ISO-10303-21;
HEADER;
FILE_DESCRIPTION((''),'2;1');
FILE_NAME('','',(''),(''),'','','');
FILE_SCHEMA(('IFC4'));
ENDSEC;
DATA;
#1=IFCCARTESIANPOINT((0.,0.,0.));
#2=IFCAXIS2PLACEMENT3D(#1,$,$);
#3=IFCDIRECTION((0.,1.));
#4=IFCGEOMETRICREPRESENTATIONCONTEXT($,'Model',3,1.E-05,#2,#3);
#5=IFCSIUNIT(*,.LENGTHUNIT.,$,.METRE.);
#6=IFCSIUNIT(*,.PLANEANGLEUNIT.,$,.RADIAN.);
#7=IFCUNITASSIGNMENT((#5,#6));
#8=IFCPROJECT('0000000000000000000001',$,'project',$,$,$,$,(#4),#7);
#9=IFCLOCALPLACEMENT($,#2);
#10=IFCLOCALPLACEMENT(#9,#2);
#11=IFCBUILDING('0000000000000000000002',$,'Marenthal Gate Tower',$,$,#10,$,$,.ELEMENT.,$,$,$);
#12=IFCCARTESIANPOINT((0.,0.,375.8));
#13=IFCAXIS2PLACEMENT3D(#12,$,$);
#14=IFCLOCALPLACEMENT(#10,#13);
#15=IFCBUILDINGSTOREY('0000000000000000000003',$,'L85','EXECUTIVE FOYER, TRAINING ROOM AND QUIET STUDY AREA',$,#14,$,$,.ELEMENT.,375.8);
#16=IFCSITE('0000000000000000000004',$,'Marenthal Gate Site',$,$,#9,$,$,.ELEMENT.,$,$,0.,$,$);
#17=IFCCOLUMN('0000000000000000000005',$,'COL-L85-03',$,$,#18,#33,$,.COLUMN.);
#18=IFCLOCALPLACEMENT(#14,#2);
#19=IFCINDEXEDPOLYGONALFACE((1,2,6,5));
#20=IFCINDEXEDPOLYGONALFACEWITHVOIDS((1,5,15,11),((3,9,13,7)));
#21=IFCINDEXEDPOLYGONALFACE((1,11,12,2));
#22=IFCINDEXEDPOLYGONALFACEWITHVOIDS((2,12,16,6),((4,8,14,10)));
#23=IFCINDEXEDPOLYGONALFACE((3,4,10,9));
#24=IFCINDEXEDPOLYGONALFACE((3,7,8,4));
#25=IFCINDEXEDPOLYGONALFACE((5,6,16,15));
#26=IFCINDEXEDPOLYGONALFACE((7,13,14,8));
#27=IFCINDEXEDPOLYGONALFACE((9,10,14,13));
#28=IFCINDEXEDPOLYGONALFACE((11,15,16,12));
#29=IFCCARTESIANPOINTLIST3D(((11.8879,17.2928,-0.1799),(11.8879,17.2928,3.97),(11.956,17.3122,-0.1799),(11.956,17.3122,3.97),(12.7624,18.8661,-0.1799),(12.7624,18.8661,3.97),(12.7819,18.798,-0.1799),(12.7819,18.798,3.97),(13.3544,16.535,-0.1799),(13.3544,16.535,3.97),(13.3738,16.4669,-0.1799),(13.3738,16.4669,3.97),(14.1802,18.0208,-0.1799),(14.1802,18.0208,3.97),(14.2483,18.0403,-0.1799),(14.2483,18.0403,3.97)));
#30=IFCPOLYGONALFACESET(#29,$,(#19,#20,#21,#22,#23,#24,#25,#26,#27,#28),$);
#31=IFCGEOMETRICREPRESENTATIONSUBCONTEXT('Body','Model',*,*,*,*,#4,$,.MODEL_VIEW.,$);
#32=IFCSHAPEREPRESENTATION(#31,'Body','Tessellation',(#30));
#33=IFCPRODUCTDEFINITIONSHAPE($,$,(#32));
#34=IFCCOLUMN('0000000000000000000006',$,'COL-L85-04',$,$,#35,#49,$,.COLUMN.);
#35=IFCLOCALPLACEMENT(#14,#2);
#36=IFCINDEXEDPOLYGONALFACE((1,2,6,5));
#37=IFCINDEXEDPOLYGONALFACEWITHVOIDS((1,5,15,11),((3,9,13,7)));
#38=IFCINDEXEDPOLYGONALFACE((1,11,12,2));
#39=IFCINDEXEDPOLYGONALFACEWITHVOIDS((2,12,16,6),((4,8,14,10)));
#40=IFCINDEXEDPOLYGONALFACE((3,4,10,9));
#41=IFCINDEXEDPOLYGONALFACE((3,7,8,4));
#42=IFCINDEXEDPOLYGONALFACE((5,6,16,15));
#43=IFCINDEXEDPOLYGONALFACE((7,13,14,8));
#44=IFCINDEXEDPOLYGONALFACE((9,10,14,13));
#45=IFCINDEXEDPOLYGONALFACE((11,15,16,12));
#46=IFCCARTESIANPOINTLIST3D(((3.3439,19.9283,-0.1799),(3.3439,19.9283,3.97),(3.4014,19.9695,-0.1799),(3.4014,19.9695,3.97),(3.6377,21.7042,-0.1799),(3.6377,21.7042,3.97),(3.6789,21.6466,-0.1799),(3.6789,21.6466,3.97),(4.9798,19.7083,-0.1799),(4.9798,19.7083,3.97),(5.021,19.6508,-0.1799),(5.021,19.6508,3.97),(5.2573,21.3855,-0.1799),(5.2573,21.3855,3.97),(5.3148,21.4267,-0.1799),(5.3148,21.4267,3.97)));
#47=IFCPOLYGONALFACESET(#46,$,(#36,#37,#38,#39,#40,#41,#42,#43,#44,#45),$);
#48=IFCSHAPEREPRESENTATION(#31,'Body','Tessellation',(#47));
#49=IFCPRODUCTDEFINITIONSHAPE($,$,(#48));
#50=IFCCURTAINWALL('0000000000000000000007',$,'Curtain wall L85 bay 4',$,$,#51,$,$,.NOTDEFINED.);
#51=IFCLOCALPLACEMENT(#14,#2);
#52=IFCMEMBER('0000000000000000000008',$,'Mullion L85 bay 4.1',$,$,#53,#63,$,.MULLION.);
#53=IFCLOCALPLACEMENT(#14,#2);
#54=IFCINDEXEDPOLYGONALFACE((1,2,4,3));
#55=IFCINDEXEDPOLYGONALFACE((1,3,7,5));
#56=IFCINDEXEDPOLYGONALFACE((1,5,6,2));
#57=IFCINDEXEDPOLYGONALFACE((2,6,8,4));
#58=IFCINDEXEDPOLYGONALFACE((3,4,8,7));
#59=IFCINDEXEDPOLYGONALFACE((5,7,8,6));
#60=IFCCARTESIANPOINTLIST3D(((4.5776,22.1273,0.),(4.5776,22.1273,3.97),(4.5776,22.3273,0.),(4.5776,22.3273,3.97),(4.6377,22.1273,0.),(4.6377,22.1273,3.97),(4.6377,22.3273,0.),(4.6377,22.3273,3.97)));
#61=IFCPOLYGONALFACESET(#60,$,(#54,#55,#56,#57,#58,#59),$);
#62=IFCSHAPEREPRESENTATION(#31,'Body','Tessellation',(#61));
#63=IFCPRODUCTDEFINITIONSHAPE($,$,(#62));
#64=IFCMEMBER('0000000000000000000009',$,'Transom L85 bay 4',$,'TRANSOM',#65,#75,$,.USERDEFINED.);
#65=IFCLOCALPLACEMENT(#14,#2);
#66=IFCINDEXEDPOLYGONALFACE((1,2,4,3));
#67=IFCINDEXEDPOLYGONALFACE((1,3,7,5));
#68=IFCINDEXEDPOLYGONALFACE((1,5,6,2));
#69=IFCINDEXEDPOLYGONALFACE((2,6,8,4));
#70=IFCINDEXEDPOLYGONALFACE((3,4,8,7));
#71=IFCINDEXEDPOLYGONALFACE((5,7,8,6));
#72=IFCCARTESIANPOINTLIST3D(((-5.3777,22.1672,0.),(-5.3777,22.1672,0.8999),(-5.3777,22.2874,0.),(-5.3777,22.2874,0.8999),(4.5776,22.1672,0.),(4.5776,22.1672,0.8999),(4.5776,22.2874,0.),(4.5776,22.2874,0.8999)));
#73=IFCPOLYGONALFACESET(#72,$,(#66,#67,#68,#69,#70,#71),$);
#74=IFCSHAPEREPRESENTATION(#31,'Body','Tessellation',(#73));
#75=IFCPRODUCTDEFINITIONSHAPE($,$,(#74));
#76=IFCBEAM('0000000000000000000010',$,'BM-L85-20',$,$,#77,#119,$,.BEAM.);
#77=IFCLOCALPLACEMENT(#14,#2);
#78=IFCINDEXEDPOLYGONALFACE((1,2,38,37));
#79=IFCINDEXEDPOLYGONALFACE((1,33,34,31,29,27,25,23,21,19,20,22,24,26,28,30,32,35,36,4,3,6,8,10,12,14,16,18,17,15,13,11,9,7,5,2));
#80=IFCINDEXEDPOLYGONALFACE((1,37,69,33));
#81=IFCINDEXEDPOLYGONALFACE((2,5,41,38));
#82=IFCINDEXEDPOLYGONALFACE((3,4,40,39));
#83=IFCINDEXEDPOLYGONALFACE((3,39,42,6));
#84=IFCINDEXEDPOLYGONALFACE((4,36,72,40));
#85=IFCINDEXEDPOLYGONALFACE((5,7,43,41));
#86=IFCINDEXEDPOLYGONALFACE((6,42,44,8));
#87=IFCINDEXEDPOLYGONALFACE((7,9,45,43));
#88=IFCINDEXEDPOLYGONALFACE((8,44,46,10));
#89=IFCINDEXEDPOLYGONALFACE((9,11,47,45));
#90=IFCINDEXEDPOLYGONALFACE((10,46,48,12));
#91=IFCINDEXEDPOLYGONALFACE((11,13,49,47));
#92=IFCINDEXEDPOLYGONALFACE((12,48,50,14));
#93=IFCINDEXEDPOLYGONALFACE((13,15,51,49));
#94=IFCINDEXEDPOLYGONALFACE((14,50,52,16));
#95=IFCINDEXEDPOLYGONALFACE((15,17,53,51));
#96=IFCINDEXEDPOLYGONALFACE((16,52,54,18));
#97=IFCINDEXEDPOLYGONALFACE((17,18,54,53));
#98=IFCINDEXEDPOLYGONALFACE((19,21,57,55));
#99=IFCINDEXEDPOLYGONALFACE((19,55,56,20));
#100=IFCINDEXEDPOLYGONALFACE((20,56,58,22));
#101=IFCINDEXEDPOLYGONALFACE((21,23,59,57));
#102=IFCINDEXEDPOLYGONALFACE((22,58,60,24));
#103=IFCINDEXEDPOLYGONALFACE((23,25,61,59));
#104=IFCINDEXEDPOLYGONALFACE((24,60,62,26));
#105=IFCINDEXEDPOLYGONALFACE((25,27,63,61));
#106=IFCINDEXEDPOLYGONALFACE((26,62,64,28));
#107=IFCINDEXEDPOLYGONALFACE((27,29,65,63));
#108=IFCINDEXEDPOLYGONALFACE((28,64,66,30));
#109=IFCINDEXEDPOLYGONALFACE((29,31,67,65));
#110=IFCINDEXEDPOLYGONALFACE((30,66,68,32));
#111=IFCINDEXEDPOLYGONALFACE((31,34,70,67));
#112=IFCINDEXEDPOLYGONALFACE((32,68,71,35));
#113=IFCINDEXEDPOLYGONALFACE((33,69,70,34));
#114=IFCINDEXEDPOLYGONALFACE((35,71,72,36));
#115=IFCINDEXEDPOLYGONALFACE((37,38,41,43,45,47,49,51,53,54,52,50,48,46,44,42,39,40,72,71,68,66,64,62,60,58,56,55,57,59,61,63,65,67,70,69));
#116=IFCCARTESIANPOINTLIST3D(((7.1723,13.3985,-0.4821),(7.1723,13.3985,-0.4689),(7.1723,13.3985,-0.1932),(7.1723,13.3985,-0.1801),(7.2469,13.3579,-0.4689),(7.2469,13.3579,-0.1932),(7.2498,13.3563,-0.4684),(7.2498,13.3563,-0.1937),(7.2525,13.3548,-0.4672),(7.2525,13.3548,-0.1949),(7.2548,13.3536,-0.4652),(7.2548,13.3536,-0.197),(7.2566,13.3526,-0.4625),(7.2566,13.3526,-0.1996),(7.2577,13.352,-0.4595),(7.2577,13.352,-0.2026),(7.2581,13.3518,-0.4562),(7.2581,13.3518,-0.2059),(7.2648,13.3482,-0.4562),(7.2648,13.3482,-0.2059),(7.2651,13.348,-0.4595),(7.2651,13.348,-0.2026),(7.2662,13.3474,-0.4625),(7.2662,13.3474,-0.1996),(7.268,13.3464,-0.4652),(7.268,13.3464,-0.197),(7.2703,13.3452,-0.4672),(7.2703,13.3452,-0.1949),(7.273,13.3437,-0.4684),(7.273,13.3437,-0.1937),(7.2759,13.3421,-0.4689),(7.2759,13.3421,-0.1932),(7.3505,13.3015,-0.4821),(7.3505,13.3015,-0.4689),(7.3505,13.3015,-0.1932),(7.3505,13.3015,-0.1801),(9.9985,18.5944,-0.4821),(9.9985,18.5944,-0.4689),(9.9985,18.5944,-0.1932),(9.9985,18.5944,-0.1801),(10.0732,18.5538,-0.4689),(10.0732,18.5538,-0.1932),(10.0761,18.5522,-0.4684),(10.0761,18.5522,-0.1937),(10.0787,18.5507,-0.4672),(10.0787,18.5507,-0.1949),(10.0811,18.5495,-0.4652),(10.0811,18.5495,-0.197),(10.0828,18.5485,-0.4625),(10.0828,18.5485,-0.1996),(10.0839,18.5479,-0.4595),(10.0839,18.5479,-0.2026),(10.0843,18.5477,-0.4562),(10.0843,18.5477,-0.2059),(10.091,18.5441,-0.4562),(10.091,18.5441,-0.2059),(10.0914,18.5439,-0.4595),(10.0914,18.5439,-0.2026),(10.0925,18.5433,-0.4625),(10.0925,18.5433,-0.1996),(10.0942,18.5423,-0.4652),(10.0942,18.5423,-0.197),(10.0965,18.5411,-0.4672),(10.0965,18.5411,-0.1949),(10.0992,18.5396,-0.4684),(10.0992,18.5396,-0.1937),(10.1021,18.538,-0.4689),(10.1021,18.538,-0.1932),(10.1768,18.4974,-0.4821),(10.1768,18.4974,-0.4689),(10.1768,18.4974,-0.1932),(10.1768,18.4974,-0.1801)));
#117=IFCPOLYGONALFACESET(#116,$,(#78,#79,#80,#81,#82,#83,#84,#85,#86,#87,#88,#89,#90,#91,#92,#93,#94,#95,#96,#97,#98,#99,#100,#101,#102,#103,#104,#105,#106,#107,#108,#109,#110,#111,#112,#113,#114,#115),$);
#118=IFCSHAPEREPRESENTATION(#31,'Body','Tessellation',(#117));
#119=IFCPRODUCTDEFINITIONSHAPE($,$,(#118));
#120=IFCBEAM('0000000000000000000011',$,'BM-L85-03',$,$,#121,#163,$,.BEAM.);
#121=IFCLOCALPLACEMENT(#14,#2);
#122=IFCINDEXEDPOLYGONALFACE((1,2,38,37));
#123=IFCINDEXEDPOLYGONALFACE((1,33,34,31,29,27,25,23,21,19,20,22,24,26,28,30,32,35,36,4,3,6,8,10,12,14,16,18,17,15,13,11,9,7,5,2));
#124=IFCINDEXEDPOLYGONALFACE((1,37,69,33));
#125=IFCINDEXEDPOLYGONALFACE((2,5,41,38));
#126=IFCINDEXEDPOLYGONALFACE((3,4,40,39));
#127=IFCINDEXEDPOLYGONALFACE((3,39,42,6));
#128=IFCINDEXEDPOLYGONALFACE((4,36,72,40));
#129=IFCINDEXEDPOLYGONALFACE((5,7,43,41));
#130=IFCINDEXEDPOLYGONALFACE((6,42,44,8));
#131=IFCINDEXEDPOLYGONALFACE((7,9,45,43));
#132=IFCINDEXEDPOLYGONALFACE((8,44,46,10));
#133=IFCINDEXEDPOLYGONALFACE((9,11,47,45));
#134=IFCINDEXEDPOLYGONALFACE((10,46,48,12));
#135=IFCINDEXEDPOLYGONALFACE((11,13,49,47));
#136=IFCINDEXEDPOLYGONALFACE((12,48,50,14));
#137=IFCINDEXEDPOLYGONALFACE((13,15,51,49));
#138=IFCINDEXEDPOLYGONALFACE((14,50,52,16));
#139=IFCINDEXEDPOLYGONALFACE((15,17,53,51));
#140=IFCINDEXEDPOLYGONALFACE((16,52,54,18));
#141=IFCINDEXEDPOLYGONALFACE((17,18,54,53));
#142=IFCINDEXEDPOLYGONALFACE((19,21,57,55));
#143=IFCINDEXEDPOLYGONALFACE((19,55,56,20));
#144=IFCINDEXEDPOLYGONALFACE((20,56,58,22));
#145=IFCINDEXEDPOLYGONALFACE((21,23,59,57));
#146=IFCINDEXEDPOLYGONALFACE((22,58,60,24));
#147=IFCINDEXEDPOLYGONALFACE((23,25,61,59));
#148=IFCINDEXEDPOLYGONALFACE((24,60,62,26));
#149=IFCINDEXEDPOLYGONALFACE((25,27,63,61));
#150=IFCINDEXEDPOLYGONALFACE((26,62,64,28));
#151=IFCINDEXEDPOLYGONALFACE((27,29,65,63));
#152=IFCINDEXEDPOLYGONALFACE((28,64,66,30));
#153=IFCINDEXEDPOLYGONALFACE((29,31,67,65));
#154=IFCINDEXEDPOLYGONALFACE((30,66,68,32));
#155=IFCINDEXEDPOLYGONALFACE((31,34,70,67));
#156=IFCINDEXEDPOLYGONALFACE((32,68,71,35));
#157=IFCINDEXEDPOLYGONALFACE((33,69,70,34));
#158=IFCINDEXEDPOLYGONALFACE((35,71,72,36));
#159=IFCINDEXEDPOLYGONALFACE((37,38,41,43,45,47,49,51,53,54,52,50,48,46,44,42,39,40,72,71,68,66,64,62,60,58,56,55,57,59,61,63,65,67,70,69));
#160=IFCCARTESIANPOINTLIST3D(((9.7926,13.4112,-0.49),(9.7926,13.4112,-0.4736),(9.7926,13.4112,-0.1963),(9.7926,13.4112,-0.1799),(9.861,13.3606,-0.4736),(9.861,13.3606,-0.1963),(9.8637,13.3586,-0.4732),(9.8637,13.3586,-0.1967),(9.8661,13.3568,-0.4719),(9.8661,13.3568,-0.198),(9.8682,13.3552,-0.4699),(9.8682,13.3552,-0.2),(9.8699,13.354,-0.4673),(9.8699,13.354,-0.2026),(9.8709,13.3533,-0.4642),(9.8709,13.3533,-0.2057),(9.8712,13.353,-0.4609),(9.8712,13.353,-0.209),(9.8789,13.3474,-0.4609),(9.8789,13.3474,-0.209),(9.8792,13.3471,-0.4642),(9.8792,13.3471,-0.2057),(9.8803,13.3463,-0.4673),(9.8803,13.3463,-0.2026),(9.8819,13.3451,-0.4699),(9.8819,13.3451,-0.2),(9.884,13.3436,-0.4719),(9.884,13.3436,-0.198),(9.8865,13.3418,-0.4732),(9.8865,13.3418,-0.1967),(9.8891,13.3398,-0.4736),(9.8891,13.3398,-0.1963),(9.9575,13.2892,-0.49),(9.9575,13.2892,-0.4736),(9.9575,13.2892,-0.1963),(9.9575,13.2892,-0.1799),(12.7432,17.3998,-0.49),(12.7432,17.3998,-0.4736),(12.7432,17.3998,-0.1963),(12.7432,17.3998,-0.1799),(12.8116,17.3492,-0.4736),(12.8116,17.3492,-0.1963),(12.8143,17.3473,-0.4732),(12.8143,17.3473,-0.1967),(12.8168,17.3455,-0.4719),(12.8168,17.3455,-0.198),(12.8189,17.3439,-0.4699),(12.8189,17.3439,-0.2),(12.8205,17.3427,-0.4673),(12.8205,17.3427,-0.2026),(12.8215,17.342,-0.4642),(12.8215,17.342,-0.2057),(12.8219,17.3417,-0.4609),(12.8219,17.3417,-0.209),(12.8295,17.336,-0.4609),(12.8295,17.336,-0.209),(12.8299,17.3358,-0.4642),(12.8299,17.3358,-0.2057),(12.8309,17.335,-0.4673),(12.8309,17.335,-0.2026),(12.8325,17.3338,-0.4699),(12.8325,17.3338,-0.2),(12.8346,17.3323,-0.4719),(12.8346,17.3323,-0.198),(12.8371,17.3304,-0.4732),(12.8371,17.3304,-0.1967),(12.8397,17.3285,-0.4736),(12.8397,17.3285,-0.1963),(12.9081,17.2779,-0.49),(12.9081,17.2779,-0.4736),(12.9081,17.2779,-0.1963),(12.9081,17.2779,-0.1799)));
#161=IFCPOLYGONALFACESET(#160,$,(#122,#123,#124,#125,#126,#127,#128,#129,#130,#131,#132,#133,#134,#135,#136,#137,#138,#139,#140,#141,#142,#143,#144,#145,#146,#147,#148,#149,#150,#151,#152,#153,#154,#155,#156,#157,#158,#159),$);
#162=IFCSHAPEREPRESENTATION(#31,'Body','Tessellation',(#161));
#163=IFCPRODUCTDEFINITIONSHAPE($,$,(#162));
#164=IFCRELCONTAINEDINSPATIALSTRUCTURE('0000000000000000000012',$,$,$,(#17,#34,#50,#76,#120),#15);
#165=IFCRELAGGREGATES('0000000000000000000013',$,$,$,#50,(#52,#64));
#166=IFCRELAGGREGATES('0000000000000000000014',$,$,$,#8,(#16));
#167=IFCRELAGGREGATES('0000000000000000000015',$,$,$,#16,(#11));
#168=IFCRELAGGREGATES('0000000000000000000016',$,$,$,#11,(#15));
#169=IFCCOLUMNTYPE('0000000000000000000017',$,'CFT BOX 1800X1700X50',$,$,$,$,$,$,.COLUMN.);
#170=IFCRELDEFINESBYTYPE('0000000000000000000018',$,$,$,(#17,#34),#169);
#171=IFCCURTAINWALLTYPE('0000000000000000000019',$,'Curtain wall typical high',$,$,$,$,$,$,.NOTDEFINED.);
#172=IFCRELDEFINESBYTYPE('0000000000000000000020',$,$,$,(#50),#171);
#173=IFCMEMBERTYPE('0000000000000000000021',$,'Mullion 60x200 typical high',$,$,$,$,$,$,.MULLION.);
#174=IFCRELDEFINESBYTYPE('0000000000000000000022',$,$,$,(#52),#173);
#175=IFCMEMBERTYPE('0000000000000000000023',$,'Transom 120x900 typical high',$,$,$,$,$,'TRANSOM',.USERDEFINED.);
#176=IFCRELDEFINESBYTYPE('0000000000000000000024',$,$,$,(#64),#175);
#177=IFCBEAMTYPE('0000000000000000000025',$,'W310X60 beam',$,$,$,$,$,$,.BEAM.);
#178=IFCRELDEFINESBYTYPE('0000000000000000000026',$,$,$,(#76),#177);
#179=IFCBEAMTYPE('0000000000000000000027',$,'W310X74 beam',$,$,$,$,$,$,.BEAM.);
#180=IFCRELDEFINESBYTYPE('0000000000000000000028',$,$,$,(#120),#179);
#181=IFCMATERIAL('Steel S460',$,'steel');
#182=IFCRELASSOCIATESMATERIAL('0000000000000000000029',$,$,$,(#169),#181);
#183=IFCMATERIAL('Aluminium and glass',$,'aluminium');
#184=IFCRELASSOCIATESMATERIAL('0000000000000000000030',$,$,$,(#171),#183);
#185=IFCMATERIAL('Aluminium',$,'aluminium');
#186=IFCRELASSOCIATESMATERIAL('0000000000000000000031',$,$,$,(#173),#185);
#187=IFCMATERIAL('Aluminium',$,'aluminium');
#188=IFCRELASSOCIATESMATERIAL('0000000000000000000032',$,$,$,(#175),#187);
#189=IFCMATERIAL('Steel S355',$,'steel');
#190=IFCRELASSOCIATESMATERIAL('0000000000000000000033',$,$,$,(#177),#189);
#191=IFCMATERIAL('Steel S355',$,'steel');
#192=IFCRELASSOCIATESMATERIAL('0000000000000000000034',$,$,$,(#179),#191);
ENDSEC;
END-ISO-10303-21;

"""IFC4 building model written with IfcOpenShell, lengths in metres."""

from ifc_helpers import new_model, si_unit, direction, frame, origin, origin_2d, place, context, subcontext, project, spatial, rectangle, hollow_rectangle, i_section, extrude, material, material_profile, profile_set, type_object, element, aggregate, save


model = new_model("IFC4")

# Units and contexts
model_context = context("Model", 3, precision=1e-05, world=origin(), true_north=direction((0.0, 1.0)))
body_context = subcontext(model_context, "Body", "Model", "MODEL_VIEW")
ifc_project = project(units=[si_unit("LENGTHUNIT", "METRE"), si_unit("PLANEANGLEUNIT", "RADIAN")], contexts=[model_context])

# Site, building, storey
site_placement = place(None, origin())
site = spatial("IfcSite", under=ifc_project, at=site_placement, Name="Marenthal Gate Site", CompositionType="ELEMENT", RefElevation=0.0)
building_placement = place(site_placement, origin())
building = spatial("IfcBuilding", under=site, at=building_placement, Name="Marenthal Gate Tower", CompositionType="ELEMENT")
storey_placement = place(building_placement, frame((0.0, 0.0, 375.8)))
storey = spatial("IfcBuildingStorey", under=building, at=storey_placement, Name="L85", Description="EXECUTIVE FOYER, TRAINING ROOM AND QUIET STUDY AREA", CompositionType="ELEMENT", Elevation=375.8)

# Columns
ifc_material_1 = material(Name="Steel S460", Category="steel")
ifc_material_profile_1 = material_profile(ifc_material_1, hollow_rectangle(XDim=1.7, YDim=1.8, WallThickness=0.05, at=origin_2d()), Name="CFT BOX 1800X1700X50")
ifc_material_2 = material(Name="Concrete 70 MPa", Category="concrete")
ifc_material_profile_2 = material_profile(ifc_material_2, rectangle(XDim=1.6001, YDim=1.7, at=origin_2d()), Name="CFT BOX 1800X1700X50 INFILL")
ifc_profile_set_1 = profile_set([ifc_material_profile_1, ifc_material_profile_2], Name="Steel S460 shell, Concrete 70 MPa infill")
column_type = type_object("IfcColumnType", Name="CFT BOX 1800X1700X50", PredefinedType="COLUMN", material=ifc_profile_set_1)
for number, where, z_axis, x_axis, name in (
    (1, (13.0681, 17.6665, -0.1799), (0.0, 0.0, 1.0), (0.874065, -0.485809, 0.0), "COL-L85-03"),
    (2, (4.3293, 20.6775, -0.1799), (0.0, 0.0, 1.0), (0.986586, -0.16324, 0.0), "COL-L85-04"),
):
    element("IfcColumn", number, at=place(storey_placement, frame(where, z_axis=z_axis, x_axis=x_axis)), inside=storey, type_object=column_type, Name=name, PredefinedType="COLUMN", context=body_context, shape_type="SweptSolid", body=[
        extrude(hollow_rectangle(XDim=1.7, YDim=1.8, WallThickness=0.05, at=origin_2d()), origin(), (0.0, 0.0, 1.0), 4.1499),
    ])

# Curtain wall, members
ifc_material_3 = material(Name="Aluminium and glass", Category="aluminium")
curtain_wall_type = type_object("IfcCurtainWallType", Name="Curtain wall typical high", PredefinedType="NOTDEFINED", material=ifc_material_3)
curtain_wall_placement = place(storey_placement, origin())
curtain_wall = element("IfcCurtainWall", 3, at=curtain_wall_placement, inside=storey, type_object=curtain_wall_type, Name="Curtain wall L85 bay 4", PredefinedType="NOTDEFINED")
ifc_material_4 = material(Name="Aluminium", Category="aluminium")
ifc_material_profile_3 = material_profile(ifc_material_4, rectangle(XDim=0.2, YDim=0.0601, at=origin_2d()), Name="60x200 aluminium mullion")
ifc_profile_set_2 = profile_set([ifc_material_profile_3], Name="Aluminium")
member_type_1 = type_object("IfcMemberType", Name="Mullion 60x200 typical high", PredefinedType="MULLION", material=ifc_profile_set_2)
member_1_placement = place(storey_placement, frame((4.6077, 22.2273, 0.0), z_axis=(0.0, 0.0, 1.0), x_axis=(0.0, -1.0, 0.0)))
member_1 = element("IfcMember", 4, at=member_1_placement, type_object=member_type_1, Name="Mullion L85 bay 4.1", PredefinedType="MULLION", context=body_context, shape_type="SweptSolid", body=[
    extrude(rectangle(XDim=0.2, YDim=0.0601, at=origin_2d()), origin(), (0.0, 0.0, 1.0), 3.97),
])
ifc_material_5 = material(Name="Aluminium", Category="aluminium")
ifc_material_profile_4 = material_profile(ifc_material_5, rectangle(XDim=0.1201, YDim=0.8999, at=origin_2d()), Name="120x900 aluminium transom")
ifc_profile_set_3 = profile_set([ifc_material_profile_4], Name="Aluminium")
member_type_2 = type_object("IfcMemberType", Name="Transom 120x900 typical high", ElementType="TRANSOM", PredefinedType="USERDEFINED", material=ifc_profile_set_3)
member_2_placement = place(storey_placement, frame((4.5776, 22.2273, 0.45), z_axis=(-1.0, 0.0, 0.0), x_axis=(0.0, -1.0, 0.0)))
member_2 = element("IfcMember", 5, at=member_2_placement, type_object=member_type_2, Name="Transom L85 bay 4", ObjectType="TRANSOM", PredefinedType="USERDEFINED", context=body_context, shape_type="SweptSolid", body=[
    extrude(rectangle(XDim=0.1201, YDim=0.8999, at=origin_2d()), origin(), (0.0, 0.0, 1.0), 9.9553),
])

# Beams
ifc_material_6 = material(Name="Steel S355", Category="steel")
ifc_material_profile_5 = material_profile(ifc_material_6, i_section(OverallWidth=0.2029, OverallDepth=0.302, WebThickness=0.0076, FlangeThickness=0.0132, FilletRadius=0.0127, at=origin_2d()), Name="W310X60")
ifc_profile_set_4 = profile_set([ifc_material_profile_5], Name="Steel S355")
beam_type_1 = type_object("IfcBeamType", Name="W310X60 beam", PredefinedType="BEAM", material=ifc_profile_set_4)
beam_1_placement = place(storey_placement, frame((10.0876, 18.5459, -0.3311), z_axis=(-0.477822, -0.878457, 0.0), x_axis=(0.878457, -0.477822, 0.0)))
element("IfcBeam", 6, at=beam_1_placement, inside=storey, type_object=beam_type_1, Name="BM-L85-20", PredefinedType="BEAM", context=body_context, shape_type="SweptSolid", body=[
    extrude(i_section(OverallWidth=0.2029, OverallDepth=0.302, WebThickness=0.0076, FlangeThickness=0.0132, FilletRadius=0.0127, at=origin_2d()), origin(), (0.0, 0.0, 1.0), 5.9148),
])
ifc_material_7 = material(Name="Steel S355", Category="steel")
ifc_material_profile_6 = material_profile(ifc_material_7, i_section(OverallWidth=0.2051, OverallDepth=0.3101, WebThickness=0.0095, FlangeThickness=0.0164, FilletRadius=0.0127, at=origin_2d()), Name="W310X74")
ifc_profile_set_5 = profile_set([ifc_material_profile_6], Name="Steel S355")
beam_type_2 = type_object("IfcBeamType", Name="W310X74 beam", PredefinedType="BEAM", material=ifc_profile_set_5)
beam_2_placement = place(storey_placement, frame((12.8257, 17.3389, -0.335), z_axis=(-0.594712, -0.803939, 0.0), x_axis=(0.803939, -0.594712, 0.0)))
element("IfcBeam", 7, at=beam_2_placement, inside=storey, type_object=beam_type_2, Name="BM-L85-03", PredefinedType="BEAM", context=body_context, shape_type="SweptSolid", body=[
    extrude(i_section(OverallWidth=0.2051, OverallDepth=0.3101, WebThickness=0.0095, FlangeThickness=0.0164, FilletRadius=0.0127, at=origin_2d()), origin(), (0.0, 0.0, 1.0), 4.9614),
])

aggregate(curtain_wall, [member_1, member_2])

save(model, "model.ifc")
